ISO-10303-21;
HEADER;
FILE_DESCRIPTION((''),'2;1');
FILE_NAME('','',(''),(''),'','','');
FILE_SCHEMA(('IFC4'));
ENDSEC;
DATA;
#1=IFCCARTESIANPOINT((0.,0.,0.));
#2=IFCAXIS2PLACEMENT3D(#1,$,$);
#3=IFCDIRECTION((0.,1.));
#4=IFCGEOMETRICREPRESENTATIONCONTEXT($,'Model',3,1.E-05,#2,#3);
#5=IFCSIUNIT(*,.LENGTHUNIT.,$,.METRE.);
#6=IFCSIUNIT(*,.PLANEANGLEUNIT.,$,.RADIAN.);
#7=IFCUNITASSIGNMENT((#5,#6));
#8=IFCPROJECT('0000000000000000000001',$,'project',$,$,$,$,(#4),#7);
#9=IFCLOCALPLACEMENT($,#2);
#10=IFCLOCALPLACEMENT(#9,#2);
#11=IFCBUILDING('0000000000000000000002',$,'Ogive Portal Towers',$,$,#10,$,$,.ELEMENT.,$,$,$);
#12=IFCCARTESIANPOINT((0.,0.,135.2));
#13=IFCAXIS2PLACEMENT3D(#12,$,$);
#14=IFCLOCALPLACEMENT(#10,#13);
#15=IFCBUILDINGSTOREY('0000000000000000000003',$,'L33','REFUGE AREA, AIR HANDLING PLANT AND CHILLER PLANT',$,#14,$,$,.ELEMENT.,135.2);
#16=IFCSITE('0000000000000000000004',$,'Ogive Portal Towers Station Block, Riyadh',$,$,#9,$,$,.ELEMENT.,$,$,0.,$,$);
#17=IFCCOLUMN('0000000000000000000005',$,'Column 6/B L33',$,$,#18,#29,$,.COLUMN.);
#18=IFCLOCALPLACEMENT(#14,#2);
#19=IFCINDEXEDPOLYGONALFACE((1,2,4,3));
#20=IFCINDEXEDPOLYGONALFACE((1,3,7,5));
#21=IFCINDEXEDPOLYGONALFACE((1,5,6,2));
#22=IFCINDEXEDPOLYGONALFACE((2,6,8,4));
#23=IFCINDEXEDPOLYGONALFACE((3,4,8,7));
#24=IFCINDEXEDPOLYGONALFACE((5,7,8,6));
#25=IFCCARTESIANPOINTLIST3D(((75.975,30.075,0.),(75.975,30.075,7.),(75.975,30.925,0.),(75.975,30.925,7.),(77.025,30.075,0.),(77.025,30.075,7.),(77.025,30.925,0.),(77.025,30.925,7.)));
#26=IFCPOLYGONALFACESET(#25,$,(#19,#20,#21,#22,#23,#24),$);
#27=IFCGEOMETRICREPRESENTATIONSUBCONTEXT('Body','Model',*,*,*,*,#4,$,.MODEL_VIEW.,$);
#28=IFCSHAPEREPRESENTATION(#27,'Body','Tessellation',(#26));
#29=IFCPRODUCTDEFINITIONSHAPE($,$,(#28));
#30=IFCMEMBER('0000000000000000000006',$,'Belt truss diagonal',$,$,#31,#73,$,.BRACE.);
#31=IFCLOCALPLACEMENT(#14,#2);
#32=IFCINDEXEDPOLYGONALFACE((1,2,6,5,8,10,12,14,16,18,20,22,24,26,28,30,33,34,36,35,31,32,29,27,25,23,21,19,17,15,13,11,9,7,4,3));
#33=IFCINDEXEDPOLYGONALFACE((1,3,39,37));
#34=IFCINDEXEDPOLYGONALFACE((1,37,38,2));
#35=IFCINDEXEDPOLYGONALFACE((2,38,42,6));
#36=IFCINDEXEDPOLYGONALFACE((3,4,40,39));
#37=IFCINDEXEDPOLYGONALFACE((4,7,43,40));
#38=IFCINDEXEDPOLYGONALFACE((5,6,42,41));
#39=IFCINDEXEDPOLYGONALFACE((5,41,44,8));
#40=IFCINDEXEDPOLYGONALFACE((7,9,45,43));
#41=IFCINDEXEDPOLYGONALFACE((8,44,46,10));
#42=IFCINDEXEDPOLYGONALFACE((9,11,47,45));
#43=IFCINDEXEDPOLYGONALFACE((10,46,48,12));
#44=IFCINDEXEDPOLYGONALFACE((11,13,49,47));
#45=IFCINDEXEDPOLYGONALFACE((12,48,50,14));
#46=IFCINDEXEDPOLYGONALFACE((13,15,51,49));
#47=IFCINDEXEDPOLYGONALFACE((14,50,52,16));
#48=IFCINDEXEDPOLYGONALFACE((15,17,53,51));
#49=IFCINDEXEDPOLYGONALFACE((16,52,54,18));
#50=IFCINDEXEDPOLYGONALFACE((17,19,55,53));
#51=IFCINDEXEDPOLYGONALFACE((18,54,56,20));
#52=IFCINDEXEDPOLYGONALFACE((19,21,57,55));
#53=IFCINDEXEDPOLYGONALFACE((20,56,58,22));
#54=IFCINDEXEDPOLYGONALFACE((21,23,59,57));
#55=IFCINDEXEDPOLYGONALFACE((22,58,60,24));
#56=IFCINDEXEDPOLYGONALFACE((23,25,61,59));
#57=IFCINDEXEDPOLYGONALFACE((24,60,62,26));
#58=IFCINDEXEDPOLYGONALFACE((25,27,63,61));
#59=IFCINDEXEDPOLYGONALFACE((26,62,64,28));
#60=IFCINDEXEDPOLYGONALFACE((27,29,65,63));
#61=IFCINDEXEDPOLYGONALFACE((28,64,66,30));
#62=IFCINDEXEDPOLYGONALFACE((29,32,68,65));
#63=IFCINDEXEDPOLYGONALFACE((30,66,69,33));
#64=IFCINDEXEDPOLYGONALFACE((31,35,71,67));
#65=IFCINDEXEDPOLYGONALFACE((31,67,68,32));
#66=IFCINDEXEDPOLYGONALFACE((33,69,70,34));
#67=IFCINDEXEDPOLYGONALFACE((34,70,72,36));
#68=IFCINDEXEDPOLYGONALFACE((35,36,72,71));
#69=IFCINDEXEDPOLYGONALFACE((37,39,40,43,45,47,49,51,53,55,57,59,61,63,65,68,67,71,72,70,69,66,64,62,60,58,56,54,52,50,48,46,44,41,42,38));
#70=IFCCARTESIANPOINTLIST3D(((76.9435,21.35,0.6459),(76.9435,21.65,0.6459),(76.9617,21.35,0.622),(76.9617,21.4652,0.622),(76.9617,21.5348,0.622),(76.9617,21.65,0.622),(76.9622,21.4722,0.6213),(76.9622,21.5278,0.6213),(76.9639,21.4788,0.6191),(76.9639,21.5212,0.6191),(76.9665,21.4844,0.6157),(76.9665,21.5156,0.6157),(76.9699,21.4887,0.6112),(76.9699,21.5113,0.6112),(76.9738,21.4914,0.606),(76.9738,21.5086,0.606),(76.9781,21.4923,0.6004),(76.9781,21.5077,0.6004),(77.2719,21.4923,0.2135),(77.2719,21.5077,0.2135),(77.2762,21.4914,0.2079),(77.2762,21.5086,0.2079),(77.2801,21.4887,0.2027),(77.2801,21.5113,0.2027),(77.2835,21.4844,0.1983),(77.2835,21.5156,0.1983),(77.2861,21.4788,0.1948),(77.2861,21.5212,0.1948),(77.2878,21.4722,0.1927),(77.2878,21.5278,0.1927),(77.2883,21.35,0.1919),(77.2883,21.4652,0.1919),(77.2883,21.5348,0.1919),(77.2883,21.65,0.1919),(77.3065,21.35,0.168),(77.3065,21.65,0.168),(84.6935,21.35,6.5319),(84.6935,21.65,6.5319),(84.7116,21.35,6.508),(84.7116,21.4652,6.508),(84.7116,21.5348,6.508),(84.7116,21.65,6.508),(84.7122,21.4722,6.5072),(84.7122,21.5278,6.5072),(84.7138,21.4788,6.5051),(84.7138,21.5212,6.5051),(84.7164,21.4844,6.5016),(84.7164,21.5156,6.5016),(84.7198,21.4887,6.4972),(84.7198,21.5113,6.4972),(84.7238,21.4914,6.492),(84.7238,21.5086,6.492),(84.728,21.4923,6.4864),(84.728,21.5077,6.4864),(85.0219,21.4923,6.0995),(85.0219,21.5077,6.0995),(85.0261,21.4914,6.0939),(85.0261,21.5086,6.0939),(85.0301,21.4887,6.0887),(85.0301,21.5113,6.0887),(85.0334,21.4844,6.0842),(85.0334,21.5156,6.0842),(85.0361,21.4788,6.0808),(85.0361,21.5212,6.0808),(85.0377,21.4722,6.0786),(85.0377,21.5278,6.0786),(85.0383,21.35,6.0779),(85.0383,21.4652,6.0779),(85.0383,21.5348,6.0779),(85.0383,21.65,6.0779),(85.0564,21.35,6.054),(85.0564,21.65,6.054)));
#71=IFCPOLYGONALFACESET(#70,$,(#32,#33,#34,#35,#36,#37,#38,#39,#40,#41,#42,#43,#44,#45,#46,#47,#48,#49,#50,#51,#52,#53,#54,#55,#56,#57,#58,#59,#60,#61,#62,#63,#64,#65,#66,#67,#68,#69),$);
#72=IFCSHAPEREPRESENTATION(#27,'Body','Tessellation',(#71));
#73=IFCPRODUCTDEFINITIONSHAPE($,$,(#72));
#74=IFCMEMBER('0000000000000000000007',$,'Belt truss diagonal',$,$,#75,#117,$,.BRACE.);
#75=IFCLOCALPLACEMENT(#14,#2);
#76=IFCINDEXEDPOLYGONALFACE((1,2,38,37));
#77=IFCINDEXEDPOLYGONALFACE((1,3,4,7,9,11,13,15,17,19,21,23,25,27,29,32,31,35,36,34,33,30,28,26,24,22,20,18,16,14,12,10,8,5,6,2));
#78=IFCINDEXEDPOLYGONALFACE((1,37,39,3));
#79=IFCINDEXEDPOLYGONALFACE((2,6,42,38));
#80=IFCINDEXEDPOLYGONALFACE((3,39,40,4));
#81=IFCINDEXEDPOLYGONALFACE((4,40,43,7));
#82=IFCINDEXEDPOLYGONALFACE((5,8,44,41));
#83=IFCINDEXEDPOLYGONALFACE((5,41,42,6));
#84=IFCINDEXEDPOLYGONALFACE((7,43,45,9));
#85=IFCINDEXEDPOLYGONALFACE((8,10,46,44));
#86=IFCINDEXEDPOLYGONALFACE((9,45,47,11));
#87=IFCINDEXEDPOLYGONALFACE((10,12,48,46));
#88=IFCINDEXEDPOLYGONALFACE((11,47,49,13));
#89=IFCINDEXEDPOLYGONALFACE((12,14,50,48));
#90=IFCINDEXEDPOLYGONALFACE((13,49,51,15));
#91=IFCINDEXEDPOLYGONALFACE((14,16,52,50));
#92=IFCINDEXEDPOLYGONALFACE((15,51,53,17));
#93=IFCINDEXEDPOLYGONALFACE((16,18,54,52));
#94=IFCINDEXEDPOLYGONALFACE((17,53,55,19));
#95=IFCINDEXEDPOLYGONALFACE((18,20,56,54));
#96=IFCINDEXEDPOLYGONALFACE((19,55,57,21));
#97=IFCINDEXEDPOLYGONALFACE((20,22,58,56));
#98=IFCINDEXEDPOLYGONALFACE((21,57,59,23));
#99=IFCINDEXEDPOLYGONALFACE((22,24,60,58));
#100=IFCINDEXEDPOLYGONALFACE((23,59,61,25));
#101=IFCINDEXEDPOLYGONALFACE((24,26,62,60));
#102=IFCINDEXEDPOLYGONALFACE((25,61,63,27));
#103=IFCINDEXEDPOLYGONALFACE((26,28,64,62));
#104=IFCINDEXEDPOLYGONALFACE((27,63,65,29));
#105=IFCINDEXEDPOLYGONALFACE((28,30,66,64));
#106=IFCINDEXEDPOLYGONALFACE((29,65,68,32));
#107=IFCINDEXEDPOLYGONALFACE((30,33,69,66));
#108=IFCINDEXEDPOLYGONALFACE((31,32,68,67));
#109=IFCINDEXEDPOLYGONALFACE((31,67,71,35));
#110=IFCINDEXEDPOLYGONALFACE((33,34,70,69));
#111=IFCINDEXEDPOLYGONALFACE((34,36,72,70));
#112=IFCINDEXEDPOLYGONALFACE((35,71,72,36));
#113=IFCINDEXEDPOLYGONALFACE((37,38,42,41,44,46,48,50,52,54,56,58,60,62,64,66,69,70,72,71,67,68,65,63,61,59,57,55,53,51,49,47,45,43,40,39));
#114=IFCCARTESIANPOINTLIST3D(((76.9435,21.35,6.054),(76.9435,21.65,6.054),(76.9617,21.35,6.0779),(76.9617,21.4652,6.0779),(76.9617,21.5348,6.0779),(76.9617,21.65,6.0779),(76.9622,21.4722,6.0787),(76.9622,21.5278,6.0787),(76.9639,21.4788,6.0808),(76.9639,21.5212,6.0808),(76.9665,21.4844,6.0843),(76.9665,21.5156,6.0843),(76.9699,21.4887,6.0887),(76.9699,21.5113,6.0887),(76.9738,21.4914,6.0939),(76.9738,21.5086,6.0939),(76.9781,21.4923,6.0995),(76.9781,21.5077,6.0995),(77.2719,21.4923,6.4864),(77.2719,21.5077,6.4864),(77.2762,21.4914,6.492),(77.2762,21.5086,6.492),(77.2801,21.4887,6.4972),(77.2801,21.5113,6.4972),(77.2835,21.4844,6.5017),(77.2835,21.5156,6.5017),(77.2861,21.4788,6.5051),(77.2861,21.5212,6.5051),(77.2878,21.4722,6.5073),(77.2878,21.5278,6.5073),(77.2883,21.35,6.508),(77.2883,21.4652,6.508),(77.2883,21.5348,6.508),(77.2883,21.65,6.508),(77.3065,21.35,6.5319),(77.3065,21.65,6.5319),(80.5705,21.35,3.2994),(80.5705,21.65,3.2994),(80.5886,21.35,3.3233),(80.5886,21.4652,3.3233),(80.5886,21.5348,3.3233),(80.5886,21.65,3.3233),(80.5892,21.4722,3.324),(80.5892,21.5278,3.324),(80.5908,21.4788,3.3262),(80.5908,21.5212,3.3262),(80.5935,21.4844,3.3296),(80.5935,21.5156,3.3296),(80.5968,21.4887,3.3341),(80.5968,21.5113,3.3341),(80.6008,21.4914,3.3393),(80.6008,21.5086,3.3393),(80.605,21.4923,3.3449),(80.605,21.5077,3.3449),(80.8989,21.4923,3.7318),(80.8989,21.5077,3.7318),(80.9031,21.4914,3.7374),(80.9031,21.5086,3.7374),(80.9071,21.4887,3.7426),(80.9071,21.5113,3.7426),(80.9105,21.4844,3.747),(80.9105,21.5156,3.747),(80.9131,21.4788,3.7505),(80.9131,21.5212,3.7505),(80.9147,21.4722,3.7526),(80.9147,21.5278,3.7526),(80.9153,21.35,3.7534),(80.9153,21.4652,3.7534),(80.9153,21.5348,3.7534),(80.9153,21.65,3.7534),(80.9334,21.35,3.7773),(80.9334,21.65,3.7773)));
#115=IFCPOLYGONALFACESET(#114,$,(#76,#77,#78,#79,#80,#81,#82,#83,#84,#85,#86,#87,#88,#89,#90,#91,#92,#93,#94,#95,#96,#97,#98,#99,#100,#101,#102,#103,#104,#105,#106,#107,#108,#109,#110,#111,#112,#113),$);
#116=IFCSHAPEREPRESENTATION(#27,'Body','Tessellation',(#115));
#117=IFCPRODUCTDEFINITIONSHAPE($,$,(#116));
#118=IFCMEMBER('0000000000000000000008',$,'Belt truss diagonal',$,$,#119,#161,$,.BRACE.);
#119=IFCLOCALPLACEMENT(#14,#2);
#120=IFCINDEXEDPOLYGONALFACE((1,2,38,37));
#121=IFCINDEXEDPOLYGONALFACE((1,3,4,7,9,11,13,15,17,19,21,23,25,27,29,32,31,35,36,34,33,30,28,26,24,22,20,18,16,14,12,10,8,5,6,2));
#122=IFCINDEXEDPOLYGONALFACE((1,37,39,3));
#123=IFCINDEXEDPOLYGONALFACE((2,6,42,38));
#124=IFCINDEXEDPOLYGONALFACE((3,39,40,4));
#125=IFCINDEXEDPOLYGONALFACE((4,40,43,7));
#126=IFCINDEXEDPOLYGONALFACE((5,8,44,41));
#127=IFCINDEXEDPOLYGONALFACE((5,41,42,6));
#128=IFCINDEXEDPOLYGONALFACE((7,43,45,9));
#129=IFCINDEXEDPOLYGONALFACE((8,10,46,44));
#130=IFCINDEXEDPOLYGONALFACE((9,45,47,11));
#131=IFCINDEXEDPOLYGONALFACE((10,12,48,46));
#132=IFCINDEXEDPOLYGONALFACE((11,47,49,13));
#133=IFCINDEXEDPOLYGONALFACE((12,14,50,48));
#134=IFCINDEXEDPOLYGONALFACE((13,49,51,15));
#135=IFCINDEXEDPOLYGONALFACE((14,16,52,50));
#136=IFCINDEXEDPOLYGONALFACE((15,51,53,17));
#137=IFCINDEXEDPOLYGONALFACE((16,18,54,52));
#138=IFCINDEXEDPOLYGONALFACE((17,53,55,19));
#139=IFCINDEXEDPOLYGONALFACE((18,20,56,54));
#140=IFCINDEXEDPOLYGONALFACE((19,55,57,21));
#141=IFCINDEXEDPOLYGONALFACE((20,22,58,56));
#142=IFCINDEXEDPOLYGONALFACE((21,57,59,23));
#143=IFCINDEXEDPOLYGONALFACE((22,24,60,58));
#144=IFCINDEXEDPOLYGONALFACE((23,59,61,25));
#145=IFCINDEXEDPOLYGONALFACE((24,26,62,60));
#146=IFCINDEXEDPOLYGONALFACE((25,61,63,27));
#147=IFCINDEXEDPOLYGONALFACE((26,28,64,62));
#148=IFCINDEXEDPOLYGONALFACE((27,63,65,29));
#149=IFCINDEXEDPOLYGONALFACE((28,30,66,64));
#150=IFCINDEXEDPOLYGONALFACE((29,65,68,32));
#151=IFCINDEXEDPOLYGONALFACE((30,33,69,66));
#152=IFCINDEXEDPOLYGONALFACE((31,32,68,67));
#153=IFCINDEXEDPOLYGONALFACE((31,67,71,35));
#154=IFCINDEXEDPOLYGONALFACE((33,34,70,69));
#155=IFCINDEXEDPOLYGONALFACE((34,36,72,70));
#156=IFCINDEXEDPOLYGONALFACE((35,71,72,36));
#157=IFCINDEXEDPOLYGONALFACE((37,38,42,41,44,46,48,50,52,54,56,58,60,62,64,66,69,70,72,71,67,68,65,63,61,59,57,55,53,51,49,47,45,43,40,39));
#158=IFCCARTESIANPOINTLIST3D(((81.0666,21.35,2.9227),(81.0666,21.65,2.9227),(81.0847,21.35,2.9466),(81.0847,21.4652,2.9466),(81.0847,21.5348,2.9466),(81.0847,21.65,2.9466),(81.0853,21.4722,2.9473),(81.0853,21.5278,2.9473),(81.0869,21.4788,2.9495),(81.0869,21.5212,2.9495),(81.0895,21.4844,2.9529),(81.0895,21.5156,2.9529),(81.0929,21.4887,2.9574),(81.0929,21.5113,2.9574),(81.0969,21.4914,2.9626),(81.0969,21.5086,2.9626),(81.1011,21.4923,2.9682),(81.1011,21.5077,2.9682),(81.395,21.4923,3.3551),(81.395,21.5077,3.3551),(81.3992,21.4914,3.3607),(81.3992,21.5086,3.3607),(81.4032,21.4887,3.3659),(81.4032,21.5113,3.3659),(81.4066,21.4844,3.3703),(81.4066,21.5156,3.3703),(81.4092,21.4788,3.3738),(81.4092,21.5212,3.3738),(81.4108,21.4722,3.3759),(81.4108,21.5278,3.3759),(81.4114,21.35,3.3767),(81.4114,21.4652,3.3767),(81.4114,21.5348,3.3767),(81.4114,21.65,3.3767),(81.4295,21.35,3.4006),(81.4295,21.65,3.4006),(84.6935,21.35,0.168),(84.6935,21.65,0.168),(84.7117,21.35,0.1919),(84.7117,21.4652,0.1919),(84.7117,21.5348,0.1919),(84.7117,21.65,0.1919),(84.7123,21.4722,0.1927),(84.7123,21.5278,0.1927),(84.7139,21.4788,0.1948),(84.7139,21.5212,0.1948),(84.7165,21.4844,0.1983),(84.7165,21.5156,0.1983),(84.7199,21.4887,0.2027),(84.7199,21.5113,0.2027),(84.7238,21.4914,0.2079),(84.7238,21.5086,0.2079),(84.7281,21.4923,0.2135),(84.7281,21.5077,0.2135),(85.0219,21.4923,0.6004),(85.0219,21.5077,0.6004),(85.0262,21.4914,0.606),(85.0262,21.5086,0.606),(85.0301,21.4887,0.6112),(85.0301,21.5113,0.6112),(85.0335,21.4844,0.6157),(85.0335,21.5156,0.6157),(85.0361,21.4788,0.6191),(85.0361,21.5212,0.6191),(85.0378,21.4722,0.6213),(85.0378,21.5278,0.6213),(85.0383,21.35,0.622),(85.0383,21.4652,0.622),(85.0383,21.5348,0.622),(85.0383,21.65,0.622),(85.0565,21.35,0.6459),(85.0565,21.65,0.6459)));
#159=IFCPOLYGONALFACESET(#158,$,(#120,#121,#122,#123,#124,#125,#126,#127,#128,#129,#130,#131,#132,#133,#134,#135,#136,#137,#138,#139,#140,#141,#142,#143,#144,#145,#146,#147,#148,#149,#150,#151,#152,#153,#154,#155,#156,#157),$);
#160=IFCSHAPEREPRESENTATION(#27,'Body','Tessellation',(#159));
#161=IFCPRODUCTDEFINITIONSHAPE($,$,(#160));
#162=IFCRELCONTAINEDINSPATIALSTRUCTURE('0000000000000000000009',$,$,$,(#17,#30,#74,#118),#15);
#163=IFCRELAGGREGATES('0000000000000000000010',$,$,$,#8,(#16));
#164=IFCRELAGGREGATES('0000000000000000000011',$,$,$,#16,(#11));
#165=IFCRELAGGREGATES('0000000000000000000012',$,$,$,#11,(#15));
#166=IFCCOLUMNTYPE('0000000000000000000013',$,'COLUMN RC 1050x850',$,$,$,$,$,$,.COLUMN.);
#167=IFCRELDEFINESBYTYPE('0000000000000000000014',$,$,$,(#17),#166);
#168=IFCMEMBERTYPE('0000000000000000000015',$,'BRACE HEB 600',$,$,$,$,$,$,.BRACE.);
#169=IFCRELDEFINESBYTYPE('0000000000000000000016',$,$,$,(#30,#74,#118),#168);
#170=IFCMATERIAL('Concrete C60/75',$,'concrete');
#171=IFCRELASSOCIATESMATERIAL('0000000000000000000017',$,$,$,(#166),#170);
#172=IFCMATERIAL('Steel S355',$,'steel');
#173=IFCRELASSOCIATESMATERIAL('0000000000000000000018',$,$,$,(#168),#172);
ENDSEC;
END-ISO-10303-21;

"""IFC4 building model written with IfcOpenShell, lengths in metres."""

from ifc_helpers import new_model, si_unit, direction, frame, origin, origin_2d, place, context, subcontext, project, spatial, rectangle, i_section, extrude, material, material_profile, profile_set, type_object, element, save


model = new_model("IFC4")

# Units and contexts
model_context = context("Model", 3, precision=1e-05, world=origin(), true_north=direction((0.0, 1.0)))
body_context = subcontext(model_context, "Body", "Model", "MODEL_VIEW")
ifc_project = project(units=[si_unit("LENGTHUNIT", "METRE"), si_unit("PLANEANGLEUNIT", "RADIAN")], contexts=[model_context])

# Site, building, storey
site_placement = place(None, origin())
site = spatial("IfcSite", under=ifc_project, at=site_placement, Name="Ogive Portal Towers Station Block, Riyadh", CompositionType="ELEMENT", RefElevation=0.0)
building_placement = place(site_placement, origin())
building = spatial("IfcBuilding", under=site, at=building_placement, Name="Ogive Portal Towers", CompositionType="ELEMENT")
storey_placement = place(building_placement, frame((0.0, 0.0, 135.2)))
storey = spatial("IfcBuildingStorey", under=building, at=storey_placement, Name="L33", Description="REFUGE AREA, AIR HANDLING PLANT AND CHILLER PLANT", CompositionType="ELEMENT", Elevation=135.2)

# Column
ifc_material_1 = material(Name="Concrete C60/75", Category="concrete")
ifc_material_profile_1 = material_profile(ifc_material_1, rectangle(XDim=1.05, YDim=0.8501, at=origin_2d()), Name="RC 1050x850")
ifc_profile_set_1 = profile_set([ifc_material_profile_1], Name="Concrete C60/75")
column_type = type_object("IfcColumnType", Name="COLUMN RC 1050x850", PredefinedType="COLUMN", material=ifc_profile_set_1)
column_placement = place(storey_placement, frame((76.5, 30.5, 0.0), z_axis=(0.0, 0.0, 1.0), x_axis=(1.0, 0.0, 0.0)))
element("IfcColumn", 1, at=column_placement, inside=storey, type_object=column_type, Name="Column 6/B L33", PredefinedType="COLUMN", context=body_context, shape_type="SweptSolid", body=[
    extrude(rectangle(XDim=1.05, YDim=0.8501, at=origin_2d()), origin(), (0.0, 0.0, 1.0), 7.0),
])

# Members
ifc_material_2 = material(Name="Steel S355", Category="steel")
ifc_material_profile_2 = material_profile(ifc_material_2, i_section(OverallWidth=0.3, OverallDepth=0.6001, WebThickness=0.0154, FlangeThickness=0.03, FilletRadius=0.0271, at=origin_2d()), Name="HEB 600")
ifc_profile_set_2 = profile_set([ifc_material_profile_2], Name="Steel S355")
member_type_1 = type_object("IfcMemberType", Name="BRACE HEB 600", PredefinedType="BRACE", material=ifc_profile_set_2)
member_1_placement = place(storey_placement, frame((77.125, 21.5, 0.407), z_axis=(0.796361, 0.0, 0.604822), x_axis=(0.0, 1.0, 0.0)))
element("IfcMember", 2, at=member_1_placement, inside=storey, type_object=member_type_1, Name="Belt truss diagonal", PredefinedType="BRACE", context=body_context, shape_type="SweptSolid", body=[
    extrude(i_section(OverallWidth=0.3, OverallDepth=0.6001, WebThickness=0.0154, FlangeThickness=0.03, FilletRadius=0.0271, at=origin_2d()), origin(), (0.0, 0.0, 1.0), 9.7317),
])
for number, where, z_axis, x_axis, name in (
    (3, (77.125, 21.5, 6.293), (0.796357, 0.0, -0.604826), (0.0, 1.0, 0.0), "Belt truss diagonal"),
    (4, (81.248, 21.5, 3.1616), (0.796357, 0.0, -0.604826), (0.0, 1.0, 0.0), "Belt truss diagonal"),
):
    element("IfcMember", number, at=place(storey_placement, frame(where, z_axis=z_axis, x_axis=x_axis)), inside=storey, type_object=member_type_1, Name=name, PredefinedType="BRACE", context=body_context, shape_type="SweptSolid", body=[
        extrude(i_section(OverallWidth=0.3, OverallDepth=0.6001, WebThickness=0.0154, FlangeThickness=0.03, FilletRadius=0.0271, at=origin_2d()), origin(), (0.0, 0.0, 1.0), 4.5544),
    ])

save(model, "model.ifc")
